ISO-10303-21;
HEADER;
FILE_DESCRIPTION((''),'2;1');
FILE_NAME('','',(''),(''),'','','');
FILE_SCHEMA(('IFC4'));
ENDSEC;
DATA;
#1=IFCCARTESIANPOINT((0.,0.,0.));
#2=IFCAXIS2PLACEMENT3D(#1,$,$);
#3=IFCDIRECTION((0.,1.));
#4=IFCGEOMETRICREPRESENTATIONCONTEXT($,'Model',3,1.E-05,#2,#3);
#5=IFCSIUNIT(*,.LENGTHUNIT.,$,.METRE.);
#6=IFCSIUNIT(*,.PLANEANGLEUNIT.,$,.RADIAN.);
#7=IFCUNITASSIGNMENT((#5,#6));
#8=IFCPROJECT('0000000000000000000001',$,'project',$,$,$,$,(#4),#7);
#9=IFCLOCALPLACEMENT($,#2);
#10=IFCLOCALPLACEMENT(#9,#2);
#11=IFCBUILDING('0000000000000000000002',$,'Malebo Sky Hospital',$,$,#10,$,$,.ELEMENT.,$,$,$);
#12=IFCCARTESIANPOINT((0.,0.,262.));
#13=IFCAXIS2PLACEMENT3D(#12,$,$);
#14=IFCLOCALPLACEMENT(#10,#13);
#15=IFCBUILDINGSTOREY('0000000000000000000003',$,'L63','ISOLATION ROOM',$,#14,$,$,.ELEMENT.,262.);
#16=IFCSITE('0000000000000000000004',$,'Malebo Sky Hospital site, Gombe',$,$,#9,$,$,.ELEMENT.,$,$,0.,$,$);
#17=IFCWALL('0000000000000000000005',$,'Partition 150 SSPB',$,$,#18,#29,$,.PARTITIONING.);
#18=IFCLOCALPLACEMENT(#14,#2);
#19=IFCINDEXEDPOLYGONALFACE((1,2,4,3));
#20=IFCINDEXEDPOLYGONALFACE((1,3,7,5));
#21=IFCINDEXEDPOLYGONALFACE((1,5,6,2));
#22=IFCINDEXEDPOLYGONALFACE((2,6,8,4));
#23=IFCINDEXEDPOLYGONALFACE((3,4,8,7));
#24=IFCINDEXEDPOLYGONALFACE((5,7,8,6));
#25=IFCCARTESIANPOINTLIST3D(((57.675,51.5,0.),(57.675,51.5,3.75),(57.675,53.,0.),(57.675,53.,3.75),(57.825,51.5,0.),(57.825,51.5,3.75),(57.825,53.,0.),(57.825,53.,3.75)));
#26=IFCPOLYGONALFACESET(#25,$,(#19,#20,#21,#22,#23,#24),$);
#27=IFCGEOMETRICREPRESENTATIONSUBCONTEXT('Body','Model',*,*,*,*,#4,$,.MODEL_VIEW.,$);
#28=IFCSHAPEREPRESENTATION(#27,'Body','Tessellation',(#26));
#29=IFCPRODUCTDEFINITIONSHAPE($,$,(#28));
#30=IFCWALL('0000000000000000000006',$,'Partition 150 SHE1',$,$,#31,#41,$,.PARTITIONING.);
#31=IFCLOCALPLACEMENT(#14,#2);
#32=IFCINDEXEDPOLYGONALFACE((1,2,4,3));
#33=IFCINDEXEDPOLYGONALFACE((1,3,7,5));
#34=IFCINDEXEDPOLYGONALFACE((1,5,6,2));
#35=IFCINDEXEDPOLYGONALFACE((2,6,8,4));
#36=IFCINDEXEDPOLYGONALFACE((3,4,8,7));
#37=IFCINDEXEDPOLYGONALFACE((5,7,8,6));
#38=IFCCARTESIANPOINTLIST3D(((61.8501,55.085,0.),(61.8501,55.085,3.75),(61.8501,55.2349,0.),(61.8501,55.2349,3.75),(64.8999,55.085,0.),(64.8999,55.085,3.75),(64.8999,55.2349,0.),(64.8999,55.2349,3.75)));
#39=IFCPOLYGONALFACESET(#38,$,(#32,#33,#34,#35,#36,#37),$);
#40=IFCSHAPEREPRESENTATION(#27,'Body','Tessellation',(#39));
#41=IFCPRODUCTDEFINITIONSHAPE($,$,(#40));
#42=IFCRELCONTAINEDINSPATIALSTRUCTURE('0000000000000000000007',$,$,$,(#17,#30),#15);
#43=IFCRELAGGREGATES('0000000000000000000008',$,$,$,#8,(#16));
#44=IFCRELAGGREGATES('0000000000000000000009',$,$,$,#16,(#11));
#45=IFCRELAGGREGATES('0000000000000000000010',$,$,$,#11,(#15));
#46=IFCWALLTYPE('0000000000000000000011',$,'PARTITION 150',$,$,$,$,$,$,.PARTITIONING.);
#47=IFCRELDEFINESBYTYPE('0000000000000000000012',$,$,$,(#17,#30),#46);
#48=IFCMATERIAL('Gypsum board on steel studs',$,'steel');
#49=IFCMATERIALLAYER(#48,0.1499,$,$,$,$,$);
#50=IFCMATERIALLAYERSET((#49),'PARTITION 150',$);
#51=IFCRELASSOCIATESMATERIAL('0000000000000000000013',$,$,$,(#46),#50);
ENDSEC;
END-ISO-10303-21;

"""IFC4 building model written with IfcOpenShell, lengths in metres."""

from ifc_helpers import new_model, si_unit, direction, frame, frame_2d, origin, place, context, subcontext, project, spatial, rectangle, extrude, material, layer, layer_set, type_object, element, save


model = new_model("IFC4")

# Units and contexts
model_context = context("Model", 3, precision=1e-05, world=origin(), true_north=direction((0.0, 1.0)))
body_context = subcontext(model_context, "Body", "Model", "MODEL_VIEW")
ifc_project = project(units=[si_unit("LENGTHUNIT", "METRE"), si_unit("PLANEANGLEUNIT", "RADIAN")], contexts=[model_context])

# Site, building, storey
site_placement = place(None, origin())
site = spatial("IfcSite", under=ifc_project, at=site_placement, Name="Malebo Sky Hospital site, Gombe", CompositionType="ELEMENT", RefElevation=0.0)
building_placement = place(site_placement, origin())
building = spatial("IfcBuilding", under=site, at=building_placement, Name="Malebo Sky Hospital", CompositionType="ELEMENT")
storey_placement = place(building_placement, frame((0.0, 0.0, 262.0)))
storey = spatial("IfcBuildingStorey", under=building, at=storey_placement, Name="L63", Description="ISOLATION ROOM", CompositionType="ELEMENT", Elevation=262.0)

# Walls
ifc_material_1 = material(Name="Gypsum board on steel studs", Category="steel")
ifc_layer_1 = layer(ifc_material_1, 0.1499)
ifc_layer_set_1 = layer_set([ifc_layer_1], Name="PARTITION 150")
wall_type_1 = type_object("IfcWallType", Name="PARTITION 150", PredefinedType="PARTITIONING", material=ifc_layer_set_1)
for number, where, z_axis, x_axis, name in (
    (1, (57.75, 53.0, 0.0), (0.0, 0.0, 1.0), (0.0, -1.0, 0.0), "Partition 150 SSPB"),
):
    element("IfcWall", number, at=place(storey_placement, frame(where, z_axis=z_axis, x_axis=x_axis)), inside=storey, type_object=wall_type_1, Name=name, PredefinedType="PARTITIONING", context=body_context, shape_type="SweptSolid", body=[
        extrude(rectangle(XDim=1.5, YDim=0.1499, at=frame_2d((0.75, 0.0))), origin(), (0.0, 0.0, 1.0), 3.75),
    ])
wall_1_placement = place(storey_placement, frame((61.8501, 55.1599, 0.0), z_axis=(0.0, 0.0, 1.0), x_axis=(1.0, 0.0, 0.0)))
element("IfcWall", 2, at=wall_1_placement, inside=storey, type_object=wall_type_1, Name="Partition 150 SHE1", PredefinedType="PARTITIONING", context=body_context, shape_type="SweptSolid", body=[
    extrude(rectangle(XDim=3.0498, YDim=0.1499, at=frame_2d((1.5249, 0.0))), origin(), (0.0, 0.0, 1.0), 3.75),
])

save(model, "model.ifc")
